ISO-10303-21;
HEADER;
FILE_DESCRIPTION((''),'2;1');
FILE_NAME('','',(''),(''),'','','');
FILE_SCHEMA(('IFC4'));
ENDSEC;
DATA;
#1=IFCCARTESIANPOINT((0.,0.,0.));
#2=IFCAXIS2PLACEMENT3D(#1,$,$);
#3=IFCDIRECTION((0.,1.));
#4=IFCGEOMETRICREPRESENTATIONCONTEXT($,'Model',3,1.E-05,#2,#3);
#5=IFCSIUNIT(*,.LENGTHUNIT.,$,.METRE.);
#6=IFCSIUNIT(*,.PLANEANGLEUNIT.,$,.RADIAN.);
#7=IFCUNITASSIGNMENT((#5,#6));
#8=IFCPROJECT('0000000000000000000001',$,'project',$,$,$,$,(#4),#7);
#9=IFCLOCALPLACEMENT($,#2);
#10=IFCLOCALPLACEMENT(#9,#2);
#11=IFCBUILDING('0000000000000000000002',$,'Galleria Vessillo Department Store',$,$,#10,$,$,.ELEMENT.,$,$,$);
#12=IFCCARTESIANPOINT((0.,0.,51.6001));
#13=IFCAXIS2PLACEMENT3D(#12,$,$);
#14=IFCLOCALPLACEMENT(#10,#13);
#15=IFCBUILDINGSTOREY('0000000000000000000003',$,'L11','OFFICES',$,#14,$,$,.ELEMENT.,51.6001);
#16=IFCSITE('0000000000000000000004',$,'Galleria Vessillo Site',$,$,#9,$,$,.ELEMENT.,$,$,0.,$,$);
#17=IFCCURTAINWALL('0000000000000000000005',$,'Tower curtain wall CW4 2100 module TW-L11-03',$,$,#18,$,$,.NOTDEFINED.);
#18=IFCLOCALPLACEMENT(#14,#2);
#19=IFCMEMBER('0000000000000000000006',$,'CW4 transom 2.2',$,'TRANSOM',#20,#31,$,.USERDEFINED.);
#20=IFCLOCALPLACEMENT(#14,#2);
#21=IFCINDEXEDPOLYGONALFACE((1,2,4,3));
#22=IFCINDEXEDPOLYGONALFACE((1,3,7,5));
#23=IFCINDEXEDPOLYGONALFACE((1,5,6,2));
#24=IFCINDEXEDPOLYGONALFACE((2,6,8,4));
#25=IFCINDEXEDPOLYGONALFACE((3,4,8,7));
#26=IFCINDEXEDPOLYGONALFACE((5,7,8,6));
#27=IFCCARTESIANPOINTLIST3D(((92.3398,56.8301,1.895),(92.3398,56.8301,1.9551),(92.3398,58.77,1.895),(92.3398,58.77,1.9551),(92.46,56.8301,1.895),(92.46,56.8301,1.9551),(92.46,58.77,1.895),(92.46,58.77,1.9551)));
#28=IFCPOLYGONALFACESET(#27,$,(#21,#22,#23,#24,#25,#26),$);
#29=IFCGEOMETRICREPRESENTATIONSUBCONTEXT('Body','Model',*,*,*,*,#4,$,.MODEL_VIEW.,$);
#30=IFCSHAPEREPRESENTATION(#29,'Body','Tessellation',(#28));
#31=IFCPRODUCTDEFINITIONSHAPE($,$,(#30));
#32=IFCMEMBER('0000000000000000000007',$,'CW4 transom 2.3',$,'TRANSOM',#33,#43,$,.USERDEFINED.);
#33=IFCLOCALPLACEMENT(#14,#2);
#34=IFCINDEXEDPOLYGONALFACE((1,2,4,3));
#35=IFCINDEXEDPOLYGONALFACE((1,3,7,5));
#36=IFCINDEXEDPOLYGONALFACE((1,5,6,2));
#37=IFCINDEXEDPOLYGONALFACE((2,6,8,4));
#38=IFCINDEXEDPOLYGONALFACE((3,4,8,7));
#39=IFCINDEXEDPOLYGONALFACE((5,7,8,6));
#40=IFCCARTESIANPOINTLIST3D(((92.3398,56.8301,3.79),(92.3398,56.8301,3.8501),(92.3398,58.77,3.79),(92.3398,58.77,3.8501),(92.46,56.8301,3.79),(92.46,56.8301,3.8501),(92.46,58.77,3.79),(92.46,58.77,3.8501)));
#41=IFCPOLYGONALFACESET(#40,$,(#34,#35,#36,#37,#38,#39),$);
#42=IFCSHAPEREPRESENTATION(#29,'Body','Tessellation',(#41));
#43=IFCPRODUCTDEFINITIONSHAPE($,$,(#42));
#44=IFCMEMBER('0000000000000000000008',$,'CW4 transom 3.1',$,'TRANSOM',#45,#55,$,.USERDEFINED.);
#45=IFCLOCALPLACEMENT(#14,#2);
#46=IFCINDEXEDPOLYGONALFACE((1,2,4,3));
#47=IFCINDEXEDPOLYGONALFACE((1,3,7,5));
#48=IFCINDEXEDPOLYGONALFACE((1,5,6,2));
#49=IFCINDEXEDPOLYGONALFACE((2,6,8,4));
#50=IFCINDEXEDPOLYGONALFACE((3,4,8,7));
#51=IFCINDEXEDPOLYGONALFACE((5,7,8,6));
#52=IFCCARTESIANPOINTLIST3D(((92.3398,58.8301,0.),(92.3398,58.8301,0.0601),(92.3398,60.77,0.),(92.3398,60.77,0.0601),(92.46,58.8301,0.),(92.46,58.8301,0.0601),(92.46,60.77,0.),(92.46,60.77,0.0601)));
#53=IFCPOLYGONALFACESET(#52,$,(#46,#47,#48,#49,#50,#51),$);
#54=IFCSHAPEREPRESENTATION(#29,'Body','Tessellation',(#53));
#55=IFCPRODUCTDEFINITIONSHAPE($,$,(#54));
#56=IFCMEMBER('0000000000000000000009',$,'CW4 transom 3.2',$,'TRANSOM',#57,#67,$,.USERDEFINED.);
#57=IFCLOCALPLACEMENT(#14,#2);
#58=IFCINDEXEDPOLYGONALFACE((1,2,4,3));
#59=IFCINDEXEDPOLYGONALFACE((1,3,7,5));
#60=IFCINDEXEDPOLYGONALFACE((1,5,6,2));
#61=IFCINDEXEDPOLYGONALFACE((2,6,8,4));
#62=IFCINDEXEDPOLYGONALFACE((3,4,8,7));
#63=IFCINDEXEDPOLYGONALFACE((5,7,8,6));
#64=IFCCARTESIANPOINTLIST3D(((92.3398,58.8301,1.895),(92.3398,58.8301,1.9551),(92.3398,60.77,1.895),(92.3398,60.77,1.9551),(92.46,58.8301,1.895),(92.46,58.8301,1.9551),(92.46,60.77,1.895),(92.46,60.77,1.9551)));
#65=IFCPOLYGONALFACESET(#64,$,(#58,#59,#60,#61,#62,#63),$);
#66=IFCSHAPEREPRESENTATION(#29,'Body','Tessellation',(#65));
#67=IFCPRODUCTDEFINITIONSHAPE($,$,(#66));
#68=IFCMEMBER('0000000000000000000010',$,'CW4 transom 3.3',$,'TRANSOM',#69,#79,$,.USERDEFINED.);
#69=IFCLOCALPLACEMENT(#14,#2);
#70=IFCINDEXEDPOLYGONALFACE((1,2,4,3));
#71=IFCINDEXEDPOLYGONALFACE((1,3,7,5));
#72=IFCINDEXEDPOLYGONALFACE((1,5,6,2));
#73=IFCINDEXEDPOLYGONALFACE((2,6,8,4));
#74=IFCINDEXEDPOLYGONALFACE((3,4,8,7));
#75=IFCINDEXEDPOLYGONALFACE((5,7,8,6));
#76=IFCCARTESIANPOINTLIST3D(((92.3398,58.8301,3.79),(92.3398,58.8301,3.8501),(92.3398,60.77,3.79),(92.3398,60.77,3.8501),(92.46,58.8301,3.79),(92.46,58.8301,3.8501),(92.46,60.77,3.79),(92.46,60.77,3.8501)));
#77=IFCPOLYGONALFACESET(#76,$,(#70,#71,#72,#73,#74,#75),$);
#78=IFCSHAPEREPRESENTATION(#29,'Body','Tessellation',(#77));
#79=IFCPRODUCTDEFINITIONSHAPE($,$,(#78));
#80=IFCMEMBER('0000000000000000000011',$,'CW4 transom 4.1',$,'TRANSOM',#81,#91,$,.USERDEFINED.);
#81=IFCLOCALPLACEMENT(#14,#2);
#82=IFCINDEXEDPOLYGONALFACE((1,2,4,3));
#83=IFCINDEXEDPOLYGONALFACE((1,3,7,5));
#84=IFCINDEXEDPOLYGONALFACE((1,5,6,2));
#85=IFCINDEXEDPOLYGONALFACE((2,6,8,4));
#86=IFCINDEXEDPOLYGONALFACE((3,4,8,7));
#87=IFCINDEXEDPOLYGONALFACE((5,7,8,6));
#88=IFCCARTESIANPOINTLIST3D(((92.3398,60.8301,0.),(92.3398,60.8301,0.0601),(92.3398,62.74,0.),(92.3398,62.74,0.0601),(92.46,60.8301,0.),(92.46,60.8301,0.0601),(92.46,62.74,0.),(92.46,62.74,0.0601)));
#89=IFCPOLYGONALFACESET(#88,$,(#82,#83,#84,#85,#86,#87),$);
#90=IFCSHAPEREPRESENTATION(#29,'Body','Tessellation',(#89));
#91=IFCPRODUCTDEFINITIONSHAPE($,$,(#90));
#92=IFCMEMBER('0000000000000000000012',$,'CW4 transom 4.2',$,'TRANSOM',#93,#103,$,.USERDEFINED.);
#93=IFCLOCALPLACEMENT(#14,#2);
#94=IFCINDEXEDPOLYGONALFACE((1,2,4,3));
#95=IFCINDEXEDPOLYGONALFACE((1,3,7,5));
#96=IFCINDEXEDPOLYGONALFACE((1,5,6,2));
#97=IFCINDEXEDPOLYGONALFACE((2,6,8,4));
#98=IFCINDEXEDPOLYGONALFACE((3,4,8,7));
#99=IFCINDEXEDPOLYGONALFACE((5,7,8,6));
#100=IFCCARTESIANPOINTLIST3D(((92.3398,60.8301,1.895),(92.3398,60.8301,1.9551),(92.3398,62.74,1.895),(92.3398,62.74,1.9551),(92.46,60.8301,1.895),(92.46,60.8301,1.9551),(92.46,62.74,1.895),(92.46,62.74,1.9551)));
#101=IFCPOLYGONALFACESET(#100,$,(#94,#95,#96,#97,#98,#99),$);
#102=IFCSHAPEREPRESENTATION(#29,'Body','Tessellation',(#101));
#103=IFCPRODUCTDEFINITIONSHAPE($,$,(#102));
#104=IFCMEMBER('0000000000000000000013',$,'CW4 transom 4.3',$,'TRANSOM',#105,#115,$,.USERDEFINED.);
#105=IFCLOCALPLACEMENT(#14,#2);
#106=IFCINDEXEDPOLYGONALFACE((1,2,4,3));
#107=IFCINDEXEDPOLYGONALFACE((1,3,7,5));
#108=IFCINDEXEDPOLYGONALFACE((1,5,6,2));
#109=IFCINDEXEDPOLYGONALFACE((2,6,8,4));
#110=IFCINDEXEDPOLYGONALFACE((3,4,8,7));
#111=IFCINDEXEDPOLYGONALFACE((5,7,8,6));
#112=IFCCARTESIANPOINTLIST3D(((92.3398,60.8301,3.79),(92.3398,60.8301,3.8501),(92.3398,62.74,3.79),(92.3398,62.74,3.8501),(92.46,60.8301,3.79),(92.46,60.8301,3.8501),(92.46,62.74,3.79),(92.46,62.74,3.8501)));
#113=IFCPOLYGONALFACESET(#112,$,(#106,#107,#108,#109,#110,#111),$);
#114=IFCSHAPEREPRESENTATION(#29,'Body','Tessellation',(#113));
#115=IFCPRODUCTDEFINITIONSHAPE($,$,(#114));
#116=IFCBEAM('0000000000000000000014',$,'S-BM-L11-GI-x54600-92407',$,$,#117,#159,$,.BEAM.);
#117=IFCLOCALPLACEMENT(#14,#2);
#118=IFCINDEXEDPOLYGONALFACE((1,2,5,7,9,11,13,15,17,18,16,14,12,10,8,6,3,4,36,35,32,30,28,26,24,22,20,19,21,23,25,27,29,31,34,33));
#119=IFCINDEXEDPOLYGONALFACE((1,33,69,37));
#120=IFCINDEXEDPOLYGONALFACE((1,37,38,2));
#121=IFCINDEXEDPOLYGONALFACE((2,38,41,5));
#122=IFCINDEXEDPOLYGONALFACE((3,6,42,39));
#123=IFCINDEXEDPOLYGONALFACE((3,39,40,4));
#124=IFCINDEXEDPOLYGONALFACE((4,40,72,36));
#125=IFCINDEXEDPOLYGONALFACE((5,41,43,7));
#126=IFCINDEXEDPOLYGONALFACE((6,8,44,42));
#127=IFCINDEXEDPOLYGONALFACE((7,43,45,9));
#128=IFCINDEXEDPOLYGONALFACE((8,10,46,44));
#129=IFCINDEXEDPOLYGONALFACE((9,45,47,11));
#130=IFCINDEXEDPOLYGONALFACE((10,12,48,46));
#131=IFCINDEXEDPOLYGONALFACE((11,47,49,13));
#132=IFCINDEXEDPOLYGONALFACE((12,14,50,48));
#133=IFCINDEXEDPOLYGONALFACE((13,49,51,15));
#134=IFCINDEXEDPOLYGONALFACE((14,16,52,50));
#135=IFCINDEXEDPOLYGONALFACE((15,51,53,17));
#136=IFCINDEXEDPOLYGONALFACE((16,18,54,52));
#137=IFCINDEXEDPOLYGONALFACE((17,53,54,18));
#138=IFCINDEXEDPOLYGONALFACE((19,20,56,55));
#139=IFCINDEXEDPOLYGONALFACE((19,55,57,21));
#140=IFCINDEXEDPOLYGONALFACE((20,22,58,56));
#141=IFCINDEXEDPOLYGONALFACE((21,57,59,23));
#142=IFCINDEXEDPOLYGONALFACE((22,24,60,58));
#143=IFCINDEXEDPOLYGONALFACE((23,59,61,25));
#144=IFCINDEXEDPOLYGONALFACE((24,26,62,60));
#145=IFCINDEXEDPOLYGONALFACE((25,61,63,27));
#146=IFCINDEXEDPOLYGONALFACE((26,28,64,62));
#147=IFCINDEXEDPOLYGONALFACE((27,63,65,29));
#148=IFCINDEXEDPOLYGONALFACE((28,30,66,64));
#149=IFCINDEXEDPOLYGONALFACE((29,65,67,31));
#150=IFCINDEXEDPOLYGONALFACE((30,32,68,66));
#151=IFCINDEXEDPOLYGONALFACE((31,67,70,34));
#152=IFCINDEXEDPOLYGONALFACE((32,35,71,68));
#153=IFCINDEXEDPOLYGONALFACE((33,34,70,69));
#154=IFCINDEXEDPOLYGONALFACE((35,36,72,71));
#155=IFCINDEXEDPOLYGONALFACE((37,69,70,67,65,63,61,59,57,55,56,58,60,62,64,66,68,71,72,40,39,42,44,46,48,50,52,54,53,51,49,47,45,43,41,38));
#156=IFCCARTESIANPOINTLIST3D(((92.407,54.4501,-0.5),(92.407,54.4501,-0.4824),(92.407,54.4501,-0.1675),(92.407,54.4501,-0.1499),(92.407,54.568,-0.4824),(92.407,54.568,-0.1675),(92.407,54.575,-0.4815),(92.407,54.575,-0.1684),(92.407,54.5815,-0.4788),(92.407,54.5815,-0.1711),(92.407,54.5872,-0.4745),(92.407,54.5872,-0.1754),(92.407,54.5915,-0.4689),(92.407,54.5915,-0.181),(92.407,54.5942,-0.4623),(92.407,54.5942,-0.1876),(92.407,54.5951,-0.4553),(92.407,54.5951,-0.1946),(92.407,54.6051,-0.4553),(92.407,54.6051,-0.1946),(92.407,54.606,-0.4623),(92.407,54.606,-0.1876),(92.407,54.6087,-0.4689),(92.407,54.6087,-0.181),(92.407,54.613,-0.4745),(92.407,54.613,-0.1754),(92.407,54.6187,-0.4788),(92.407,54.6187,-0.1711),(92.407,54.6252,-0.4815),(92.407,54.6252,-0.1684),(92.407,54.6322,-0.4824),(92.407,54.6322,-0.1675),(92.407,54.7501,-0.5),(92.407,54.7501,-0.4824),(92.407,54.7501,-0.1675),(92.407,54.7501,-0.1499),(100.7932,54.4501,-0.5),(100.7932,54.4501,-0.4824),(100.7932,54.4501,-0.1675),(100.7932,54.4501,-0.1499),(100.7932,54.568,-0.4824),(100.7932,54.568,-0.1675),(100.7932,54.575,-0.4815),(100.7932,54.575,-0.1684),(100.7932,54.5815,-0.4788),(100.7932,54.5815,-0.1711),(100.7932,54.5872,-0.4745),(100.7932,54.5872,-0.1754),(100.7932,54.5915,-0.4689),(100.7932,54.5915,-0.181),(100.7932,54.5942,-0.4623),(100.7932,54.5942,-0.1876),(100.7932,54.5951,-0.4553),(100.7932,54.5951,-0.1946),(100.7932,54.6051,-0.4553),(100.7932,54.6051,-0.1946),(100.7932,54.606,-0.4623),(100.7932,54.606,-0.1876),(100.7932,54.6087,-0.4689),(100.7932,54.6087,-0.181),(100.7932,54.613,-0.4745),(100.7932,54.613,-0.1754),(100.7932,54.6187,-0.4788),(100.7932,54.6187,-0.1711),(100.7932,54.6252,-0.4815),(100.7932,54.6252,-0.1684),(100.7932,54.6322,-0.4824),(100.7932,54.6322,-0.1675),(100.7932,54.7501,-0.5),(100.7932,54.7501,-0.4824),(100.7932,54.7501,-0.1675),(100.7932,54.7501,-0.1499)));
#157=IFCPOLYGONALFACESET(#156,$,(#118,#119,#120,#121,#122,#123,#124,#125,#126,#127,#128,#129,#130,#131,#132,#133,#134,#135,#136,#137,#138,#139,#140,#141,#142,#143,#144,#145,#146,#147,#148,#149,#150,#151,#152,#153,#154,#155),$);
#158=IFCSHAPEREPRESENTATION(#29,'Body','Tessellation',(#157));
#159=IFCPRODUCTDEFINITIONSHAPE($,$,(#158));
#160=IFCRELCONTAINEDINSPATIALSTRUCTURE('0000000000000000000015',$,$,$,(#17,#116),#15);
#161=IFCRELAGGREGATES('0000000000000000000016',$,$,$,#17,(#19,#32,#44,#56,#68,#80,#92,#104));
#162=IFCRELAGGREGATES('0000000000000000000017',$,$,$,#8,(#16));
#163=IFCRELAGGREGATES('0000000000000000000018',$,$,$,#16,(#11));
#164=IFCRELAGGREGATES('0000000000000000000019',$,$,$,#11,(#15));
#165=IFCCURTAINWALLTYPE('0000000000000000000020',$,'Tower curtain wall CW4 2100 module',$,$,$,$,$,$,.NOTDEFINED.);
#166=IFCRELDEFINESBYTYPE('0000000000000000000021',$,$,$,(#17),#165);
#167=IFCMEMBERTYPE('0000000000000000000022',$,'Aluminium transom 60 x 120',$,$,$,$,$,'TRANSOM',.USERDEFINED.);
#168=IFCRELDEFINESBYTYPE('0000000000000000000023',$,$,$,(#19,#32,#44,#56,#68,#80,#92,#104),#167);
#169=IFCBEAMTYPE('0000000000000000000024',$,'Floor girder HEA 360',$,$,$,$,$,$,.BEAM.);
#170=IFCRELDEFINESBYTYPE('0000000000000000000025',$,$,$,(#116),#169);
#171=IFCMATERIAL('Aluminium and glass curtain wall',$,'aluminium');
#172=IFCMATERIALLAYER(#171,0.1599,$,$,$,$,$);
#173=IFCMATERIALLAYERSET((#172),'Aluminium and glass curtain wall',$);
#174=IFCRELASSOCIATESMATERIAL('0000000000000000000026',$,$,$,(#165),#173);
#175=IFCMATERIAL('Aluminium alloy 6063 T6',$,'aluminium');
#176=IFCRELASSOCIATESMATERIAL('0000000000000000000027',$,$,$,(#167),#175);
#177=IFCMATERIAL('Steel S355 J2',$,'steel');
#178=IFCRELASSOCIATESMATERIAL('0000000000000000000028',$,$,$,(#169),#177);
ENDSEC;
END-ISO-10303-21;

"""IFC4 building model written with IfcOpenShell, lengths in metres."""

from ifc_helpers import new_model, si_unit, direction, frame, origin, origin_2d, place, context, subcontext, project, spatial, rectangle, i_section, extrude, material, layer, layer_set, material_profile, profile_set, type_object, element, aggregate, save


model = new_model("IFC4")

# Units and contexts
model_context = context("Model", 3, precision=1e-05, world=origin(), true_north=direction((0.0, 1.0)))
body_context = subcontext(model_context, "Body", "Model", "MODEL_VIEW")
ifc_project = project(units=[si_unit("LENGTHUNIT", "METRE"), si_unit("PLANEANGLEUNIT", "RADIAN")], contexts=[model_context])

# Site, building, storey
site_placement = place(None, origin())
site = spatial("IfcSite", under=ifc_project, at=site_placement, Name="Galleria Vessillo Site", CompositionType="ELEMENT", RefElevation=0.0)
building_placement = place(site_placement, origin())
building = spatial("IfcBuilding", under=site, at=building_placement, Name="Galleria Vessillo Department Store", CompositionType="ELEMENT")
storey_placement = place(building_placement, frame((0.0, 0.0, 51.6001)))
storey = spatial("IfcBuildingStorey", under=building, at=storey_placement, Name="L11", Description="OFFICES", CompositionType="ELEMENT", Elevation=51.6001)

# Curtain wall, members
ifc_material_1 = material(Name="Aluminium and glass curtain wall", Category="aluminium")
ifc_layer_1 = layer(ifc_material_1, 0.1599)
ifc_layer_set_1 = layer_set([ifc_layer_1], Name="Aluminium and glass curtain wall")
curtain_wall_type = type_object("IfcCurtainWallType", Name="Tower curtain wall CW4 2100 module", PredefinedType="NOTDEFINED", material=ifc_layer_set_1)
curtain_wall_placement = place(storey_placement, origin())
curtain_wall = element("IfcCurtainWall", 1, at=curtain_wall_placement, inside=storey, type_object=curtain_wall_type, Name="Tower curtain wall CW4 2100 module TW-L11-03", PredefinedType="NOTDEFINED")
ifc_material_2 = material(Name="Aluminium alloy 6063 T6", Category="aluminium")
ifc_material_profile_1 = material_profile(ifc_material_2, rectangle(XDim=0.1201, YDim=0.0601, at=origin_2d()), Name="AL 60x120")
ifc_profile_set_1 = profile_set([ifc_material_profile_1], Name="Aluminium alloy 6063 T6")
member_type_1 = type_object("IfcMemberType", Name="Aluminium transom 60 x 120", ElementType="TRANSOM", PredefinedType="USERDEFINED", material=ifc_profile_set_1)
member_1_placement = place(storey_placement, frame((92.3999, 56.8301, 1.925), z_axis=(0.0, 1.0, 0.0), x_axis=(-1.0, 0.0, 0.0)))
member_1 = element("IfcMember", 2, at=member_1_placement, type_object=member_type_1, Name="CW4 transom 2.2", ObjectType="TRANSOM", PredefinedType="USERDEFINED", context=body_context, shape_type="SweptSolid", body=[
    extrude(rectangle(XDim=0.1201, YDim=0.0601, at=origin_2d()), origin(), (0.0, 0.0, 1.0), 1.9399),
])
member_2_placement = place(storey_placement, frame((92.3999, 56.8301, 3.8201), z_axis=(0.0, 1.0, 0.0), x_axis=(-1.0, 0.0, 0.0)))
member_2 = element("IfcMember", 3, at=member_2_placement, type_object=member_type_1, Name="CW4 transom 2.3", ObjectType="TRANSOM", PredefinedType="USERDEFINED", context=body_context, shape_type="SweptSolid", body=[
    extrude(rectangle(XDim=0.1201, YDim=0.0601, at=origin_2d()), origin(), (0.0, 0.0, 1.0), 1.9399),
])
member_3_placement = place(storey_placement, frame((92.3999, 58.8301, 0.03), z_axis=(0.0, 1.0, 0.0), x_axis=(-1.0, 0.0, 0.0)))
member_3 = element("IfcMember", 4, at=member_3_placement, type_object=member_type_1, Name="CW4 transom 3.1", ObjectType="TRANSOM", PredefinedType="USERDEFINED", context=body_context, shape_type="SweptSolid", body=[
    extrude(rectangle(XDim=0.1201, YDim=0.0601, at=origin_2d()), origin(), (0.0, 0.0, 1.0), 1.9399),
])
member_4_placement = place(storey_placement, frame((92.3999, 58.8301, 1.925), z_axis=(0.0, 1.0, 0.0), x_axis=(-1.0, 0.0, 0.0)))
member_4 = element("IfcMember", 5, at=member_4_placement, type_object=member_type_1, Name="CW4 transom 3.2", ObjectType="TRANSOM", PredefinedType="USERDEFINED", context=body_context, shape_type="SweptSolid", body=[
    extrude(rectangle(XDim=0.1201, YDim=0.0601, at=origin_2d()), origin(), (0.0, 0.0, 1.0), 1.9399),
])
member_5_placement = place(storey_placement, frame((92.3999, 58.8301, 3.8201), z_axis=(0.0, 1.0, 0.0), x_axis=(-1.0, 0.0, 0.0)))
member_5 = element("IfcMember", 6, at=member_5_placement, type_object=member_type_1, Name="CW4 transom 3.3", ObjectType="TRANSOM", PredefinedType="USERDEFINED", context=body_context, shape_type="SweptSolid", body=[
    extrude(rectangle(XDim=0.1201, YDim=0.0601, at=origin_2d()), origin(), (0.0, 0.0, 1.0), 1.9399),
])
member_6_placement = place(storey_placement, frame((92.3999, 60.8301, 0.03), z_axis=(0.0, 1.0, 0.0), x_axis=(-1.0, 0.0, 0.0)))
member_6 = element("IfcMember", 7, at=member_6_placement, type_object=member_type_1, Name="CW4 transom 4.1", ObjectType="TRANSOM", PredefinedType="USERDEFINED", context=body_context, shape_type="SweptSolid", body=[
    extrude(rectangle(XDim=0.1201, YDim=0.0601, at=origin_2d()), origin(), (0.0, 0.0, 1.0), 1.9099),
])
member_7_placement = place(storey_placement, frame((92.3999, 60.8301, 1.925), z_axis=(0.0, 1.0, 0.0), x_axis=(-1.0, 0.0, 0.0)))
member_7 = element("IfcMember", 8, at=member_7_placement, type_object=member_type_1, Name="CW4 transom 4.2", ObjectType="TRANSOM", PredefinedType="USERDEFINED", context=body_context, shape_type="SweptSolid", body=[
    extrude(rectangle(XDim=0.1201, YDim=0.0601, at=origin_2d()), origin(), (0.0, 0.0, 1.0), 1.9099),
])
member_8_placement = place(storey_placement, frame((92.3999, 60.8301, 3.8201), z_axis=(0.0, 1.0, 0.0), x_axis=(-1.0, 0.0, 0.0)))
member_8 = element("IfcMember", 9, at=member_8_placement, type_object=member_type_1, Name="CW4 transom 4.3", ObjectType="TRANSOM", PredefinedType="USERDEFINED", context=body_context, shape_type="SweptSolid", body=[
    extrude(rectangle(XDim=0.1201, YDim=0.0601, at=origin_2d()), origin(), (0.0, 0.0, 1.0), 1.9099),
])

# Beam
ifc_material_3 = material(Name="Steel S355 J2", Category="steel")
ifc_material_profile_2 = material_profile(ifc_material_3, i_section(OverallWidth=0.3, OverallDepth=0.3501, WebThickness=0.01, FlangeThickness=0.0176, FilletRadius=0.0271, at=origin_2d()), Name="HEA 360")
ifc_profile_set_2 = profile_set([ifc_material_profile_2], Name="Steel S355 J2")
beam_type_1 = type_object("IfcBeamType", Name="Floor girder HEA 360", PredefinedType="BEAM", material=ifc_profile_set_2)
beam_1_placement = place(storey_placement, frame((92.407, 54.6001, -0.325), z_axis=(1.0, 0.0, 0.0), x_axis=(0.0, 1.0, 0.0)))
element("IfcBeam", 10, at=beam_1_placement, inside=storey, type_object=beam_type_1, Name="S-BM-L11-GI-x54600-92407", PredefinedType="BEAM", context=body_context, shape_type="SweptSolid", body=[
    extrude(i_section(OverallWidth=0.3, OverallDepth=0.3501, WebThickness=0.01, FlangeThickness=0.0176, FilletRadius=0.0271, at=origin_2d()), origin(), (0.0, 0.0, 1.0), 8.3862),
])

aggregate(curtain_wall, [member_1, member_2, member_3, member_4, member_5, member_6, member_7, member_8])

save(model, "model.ifc")
